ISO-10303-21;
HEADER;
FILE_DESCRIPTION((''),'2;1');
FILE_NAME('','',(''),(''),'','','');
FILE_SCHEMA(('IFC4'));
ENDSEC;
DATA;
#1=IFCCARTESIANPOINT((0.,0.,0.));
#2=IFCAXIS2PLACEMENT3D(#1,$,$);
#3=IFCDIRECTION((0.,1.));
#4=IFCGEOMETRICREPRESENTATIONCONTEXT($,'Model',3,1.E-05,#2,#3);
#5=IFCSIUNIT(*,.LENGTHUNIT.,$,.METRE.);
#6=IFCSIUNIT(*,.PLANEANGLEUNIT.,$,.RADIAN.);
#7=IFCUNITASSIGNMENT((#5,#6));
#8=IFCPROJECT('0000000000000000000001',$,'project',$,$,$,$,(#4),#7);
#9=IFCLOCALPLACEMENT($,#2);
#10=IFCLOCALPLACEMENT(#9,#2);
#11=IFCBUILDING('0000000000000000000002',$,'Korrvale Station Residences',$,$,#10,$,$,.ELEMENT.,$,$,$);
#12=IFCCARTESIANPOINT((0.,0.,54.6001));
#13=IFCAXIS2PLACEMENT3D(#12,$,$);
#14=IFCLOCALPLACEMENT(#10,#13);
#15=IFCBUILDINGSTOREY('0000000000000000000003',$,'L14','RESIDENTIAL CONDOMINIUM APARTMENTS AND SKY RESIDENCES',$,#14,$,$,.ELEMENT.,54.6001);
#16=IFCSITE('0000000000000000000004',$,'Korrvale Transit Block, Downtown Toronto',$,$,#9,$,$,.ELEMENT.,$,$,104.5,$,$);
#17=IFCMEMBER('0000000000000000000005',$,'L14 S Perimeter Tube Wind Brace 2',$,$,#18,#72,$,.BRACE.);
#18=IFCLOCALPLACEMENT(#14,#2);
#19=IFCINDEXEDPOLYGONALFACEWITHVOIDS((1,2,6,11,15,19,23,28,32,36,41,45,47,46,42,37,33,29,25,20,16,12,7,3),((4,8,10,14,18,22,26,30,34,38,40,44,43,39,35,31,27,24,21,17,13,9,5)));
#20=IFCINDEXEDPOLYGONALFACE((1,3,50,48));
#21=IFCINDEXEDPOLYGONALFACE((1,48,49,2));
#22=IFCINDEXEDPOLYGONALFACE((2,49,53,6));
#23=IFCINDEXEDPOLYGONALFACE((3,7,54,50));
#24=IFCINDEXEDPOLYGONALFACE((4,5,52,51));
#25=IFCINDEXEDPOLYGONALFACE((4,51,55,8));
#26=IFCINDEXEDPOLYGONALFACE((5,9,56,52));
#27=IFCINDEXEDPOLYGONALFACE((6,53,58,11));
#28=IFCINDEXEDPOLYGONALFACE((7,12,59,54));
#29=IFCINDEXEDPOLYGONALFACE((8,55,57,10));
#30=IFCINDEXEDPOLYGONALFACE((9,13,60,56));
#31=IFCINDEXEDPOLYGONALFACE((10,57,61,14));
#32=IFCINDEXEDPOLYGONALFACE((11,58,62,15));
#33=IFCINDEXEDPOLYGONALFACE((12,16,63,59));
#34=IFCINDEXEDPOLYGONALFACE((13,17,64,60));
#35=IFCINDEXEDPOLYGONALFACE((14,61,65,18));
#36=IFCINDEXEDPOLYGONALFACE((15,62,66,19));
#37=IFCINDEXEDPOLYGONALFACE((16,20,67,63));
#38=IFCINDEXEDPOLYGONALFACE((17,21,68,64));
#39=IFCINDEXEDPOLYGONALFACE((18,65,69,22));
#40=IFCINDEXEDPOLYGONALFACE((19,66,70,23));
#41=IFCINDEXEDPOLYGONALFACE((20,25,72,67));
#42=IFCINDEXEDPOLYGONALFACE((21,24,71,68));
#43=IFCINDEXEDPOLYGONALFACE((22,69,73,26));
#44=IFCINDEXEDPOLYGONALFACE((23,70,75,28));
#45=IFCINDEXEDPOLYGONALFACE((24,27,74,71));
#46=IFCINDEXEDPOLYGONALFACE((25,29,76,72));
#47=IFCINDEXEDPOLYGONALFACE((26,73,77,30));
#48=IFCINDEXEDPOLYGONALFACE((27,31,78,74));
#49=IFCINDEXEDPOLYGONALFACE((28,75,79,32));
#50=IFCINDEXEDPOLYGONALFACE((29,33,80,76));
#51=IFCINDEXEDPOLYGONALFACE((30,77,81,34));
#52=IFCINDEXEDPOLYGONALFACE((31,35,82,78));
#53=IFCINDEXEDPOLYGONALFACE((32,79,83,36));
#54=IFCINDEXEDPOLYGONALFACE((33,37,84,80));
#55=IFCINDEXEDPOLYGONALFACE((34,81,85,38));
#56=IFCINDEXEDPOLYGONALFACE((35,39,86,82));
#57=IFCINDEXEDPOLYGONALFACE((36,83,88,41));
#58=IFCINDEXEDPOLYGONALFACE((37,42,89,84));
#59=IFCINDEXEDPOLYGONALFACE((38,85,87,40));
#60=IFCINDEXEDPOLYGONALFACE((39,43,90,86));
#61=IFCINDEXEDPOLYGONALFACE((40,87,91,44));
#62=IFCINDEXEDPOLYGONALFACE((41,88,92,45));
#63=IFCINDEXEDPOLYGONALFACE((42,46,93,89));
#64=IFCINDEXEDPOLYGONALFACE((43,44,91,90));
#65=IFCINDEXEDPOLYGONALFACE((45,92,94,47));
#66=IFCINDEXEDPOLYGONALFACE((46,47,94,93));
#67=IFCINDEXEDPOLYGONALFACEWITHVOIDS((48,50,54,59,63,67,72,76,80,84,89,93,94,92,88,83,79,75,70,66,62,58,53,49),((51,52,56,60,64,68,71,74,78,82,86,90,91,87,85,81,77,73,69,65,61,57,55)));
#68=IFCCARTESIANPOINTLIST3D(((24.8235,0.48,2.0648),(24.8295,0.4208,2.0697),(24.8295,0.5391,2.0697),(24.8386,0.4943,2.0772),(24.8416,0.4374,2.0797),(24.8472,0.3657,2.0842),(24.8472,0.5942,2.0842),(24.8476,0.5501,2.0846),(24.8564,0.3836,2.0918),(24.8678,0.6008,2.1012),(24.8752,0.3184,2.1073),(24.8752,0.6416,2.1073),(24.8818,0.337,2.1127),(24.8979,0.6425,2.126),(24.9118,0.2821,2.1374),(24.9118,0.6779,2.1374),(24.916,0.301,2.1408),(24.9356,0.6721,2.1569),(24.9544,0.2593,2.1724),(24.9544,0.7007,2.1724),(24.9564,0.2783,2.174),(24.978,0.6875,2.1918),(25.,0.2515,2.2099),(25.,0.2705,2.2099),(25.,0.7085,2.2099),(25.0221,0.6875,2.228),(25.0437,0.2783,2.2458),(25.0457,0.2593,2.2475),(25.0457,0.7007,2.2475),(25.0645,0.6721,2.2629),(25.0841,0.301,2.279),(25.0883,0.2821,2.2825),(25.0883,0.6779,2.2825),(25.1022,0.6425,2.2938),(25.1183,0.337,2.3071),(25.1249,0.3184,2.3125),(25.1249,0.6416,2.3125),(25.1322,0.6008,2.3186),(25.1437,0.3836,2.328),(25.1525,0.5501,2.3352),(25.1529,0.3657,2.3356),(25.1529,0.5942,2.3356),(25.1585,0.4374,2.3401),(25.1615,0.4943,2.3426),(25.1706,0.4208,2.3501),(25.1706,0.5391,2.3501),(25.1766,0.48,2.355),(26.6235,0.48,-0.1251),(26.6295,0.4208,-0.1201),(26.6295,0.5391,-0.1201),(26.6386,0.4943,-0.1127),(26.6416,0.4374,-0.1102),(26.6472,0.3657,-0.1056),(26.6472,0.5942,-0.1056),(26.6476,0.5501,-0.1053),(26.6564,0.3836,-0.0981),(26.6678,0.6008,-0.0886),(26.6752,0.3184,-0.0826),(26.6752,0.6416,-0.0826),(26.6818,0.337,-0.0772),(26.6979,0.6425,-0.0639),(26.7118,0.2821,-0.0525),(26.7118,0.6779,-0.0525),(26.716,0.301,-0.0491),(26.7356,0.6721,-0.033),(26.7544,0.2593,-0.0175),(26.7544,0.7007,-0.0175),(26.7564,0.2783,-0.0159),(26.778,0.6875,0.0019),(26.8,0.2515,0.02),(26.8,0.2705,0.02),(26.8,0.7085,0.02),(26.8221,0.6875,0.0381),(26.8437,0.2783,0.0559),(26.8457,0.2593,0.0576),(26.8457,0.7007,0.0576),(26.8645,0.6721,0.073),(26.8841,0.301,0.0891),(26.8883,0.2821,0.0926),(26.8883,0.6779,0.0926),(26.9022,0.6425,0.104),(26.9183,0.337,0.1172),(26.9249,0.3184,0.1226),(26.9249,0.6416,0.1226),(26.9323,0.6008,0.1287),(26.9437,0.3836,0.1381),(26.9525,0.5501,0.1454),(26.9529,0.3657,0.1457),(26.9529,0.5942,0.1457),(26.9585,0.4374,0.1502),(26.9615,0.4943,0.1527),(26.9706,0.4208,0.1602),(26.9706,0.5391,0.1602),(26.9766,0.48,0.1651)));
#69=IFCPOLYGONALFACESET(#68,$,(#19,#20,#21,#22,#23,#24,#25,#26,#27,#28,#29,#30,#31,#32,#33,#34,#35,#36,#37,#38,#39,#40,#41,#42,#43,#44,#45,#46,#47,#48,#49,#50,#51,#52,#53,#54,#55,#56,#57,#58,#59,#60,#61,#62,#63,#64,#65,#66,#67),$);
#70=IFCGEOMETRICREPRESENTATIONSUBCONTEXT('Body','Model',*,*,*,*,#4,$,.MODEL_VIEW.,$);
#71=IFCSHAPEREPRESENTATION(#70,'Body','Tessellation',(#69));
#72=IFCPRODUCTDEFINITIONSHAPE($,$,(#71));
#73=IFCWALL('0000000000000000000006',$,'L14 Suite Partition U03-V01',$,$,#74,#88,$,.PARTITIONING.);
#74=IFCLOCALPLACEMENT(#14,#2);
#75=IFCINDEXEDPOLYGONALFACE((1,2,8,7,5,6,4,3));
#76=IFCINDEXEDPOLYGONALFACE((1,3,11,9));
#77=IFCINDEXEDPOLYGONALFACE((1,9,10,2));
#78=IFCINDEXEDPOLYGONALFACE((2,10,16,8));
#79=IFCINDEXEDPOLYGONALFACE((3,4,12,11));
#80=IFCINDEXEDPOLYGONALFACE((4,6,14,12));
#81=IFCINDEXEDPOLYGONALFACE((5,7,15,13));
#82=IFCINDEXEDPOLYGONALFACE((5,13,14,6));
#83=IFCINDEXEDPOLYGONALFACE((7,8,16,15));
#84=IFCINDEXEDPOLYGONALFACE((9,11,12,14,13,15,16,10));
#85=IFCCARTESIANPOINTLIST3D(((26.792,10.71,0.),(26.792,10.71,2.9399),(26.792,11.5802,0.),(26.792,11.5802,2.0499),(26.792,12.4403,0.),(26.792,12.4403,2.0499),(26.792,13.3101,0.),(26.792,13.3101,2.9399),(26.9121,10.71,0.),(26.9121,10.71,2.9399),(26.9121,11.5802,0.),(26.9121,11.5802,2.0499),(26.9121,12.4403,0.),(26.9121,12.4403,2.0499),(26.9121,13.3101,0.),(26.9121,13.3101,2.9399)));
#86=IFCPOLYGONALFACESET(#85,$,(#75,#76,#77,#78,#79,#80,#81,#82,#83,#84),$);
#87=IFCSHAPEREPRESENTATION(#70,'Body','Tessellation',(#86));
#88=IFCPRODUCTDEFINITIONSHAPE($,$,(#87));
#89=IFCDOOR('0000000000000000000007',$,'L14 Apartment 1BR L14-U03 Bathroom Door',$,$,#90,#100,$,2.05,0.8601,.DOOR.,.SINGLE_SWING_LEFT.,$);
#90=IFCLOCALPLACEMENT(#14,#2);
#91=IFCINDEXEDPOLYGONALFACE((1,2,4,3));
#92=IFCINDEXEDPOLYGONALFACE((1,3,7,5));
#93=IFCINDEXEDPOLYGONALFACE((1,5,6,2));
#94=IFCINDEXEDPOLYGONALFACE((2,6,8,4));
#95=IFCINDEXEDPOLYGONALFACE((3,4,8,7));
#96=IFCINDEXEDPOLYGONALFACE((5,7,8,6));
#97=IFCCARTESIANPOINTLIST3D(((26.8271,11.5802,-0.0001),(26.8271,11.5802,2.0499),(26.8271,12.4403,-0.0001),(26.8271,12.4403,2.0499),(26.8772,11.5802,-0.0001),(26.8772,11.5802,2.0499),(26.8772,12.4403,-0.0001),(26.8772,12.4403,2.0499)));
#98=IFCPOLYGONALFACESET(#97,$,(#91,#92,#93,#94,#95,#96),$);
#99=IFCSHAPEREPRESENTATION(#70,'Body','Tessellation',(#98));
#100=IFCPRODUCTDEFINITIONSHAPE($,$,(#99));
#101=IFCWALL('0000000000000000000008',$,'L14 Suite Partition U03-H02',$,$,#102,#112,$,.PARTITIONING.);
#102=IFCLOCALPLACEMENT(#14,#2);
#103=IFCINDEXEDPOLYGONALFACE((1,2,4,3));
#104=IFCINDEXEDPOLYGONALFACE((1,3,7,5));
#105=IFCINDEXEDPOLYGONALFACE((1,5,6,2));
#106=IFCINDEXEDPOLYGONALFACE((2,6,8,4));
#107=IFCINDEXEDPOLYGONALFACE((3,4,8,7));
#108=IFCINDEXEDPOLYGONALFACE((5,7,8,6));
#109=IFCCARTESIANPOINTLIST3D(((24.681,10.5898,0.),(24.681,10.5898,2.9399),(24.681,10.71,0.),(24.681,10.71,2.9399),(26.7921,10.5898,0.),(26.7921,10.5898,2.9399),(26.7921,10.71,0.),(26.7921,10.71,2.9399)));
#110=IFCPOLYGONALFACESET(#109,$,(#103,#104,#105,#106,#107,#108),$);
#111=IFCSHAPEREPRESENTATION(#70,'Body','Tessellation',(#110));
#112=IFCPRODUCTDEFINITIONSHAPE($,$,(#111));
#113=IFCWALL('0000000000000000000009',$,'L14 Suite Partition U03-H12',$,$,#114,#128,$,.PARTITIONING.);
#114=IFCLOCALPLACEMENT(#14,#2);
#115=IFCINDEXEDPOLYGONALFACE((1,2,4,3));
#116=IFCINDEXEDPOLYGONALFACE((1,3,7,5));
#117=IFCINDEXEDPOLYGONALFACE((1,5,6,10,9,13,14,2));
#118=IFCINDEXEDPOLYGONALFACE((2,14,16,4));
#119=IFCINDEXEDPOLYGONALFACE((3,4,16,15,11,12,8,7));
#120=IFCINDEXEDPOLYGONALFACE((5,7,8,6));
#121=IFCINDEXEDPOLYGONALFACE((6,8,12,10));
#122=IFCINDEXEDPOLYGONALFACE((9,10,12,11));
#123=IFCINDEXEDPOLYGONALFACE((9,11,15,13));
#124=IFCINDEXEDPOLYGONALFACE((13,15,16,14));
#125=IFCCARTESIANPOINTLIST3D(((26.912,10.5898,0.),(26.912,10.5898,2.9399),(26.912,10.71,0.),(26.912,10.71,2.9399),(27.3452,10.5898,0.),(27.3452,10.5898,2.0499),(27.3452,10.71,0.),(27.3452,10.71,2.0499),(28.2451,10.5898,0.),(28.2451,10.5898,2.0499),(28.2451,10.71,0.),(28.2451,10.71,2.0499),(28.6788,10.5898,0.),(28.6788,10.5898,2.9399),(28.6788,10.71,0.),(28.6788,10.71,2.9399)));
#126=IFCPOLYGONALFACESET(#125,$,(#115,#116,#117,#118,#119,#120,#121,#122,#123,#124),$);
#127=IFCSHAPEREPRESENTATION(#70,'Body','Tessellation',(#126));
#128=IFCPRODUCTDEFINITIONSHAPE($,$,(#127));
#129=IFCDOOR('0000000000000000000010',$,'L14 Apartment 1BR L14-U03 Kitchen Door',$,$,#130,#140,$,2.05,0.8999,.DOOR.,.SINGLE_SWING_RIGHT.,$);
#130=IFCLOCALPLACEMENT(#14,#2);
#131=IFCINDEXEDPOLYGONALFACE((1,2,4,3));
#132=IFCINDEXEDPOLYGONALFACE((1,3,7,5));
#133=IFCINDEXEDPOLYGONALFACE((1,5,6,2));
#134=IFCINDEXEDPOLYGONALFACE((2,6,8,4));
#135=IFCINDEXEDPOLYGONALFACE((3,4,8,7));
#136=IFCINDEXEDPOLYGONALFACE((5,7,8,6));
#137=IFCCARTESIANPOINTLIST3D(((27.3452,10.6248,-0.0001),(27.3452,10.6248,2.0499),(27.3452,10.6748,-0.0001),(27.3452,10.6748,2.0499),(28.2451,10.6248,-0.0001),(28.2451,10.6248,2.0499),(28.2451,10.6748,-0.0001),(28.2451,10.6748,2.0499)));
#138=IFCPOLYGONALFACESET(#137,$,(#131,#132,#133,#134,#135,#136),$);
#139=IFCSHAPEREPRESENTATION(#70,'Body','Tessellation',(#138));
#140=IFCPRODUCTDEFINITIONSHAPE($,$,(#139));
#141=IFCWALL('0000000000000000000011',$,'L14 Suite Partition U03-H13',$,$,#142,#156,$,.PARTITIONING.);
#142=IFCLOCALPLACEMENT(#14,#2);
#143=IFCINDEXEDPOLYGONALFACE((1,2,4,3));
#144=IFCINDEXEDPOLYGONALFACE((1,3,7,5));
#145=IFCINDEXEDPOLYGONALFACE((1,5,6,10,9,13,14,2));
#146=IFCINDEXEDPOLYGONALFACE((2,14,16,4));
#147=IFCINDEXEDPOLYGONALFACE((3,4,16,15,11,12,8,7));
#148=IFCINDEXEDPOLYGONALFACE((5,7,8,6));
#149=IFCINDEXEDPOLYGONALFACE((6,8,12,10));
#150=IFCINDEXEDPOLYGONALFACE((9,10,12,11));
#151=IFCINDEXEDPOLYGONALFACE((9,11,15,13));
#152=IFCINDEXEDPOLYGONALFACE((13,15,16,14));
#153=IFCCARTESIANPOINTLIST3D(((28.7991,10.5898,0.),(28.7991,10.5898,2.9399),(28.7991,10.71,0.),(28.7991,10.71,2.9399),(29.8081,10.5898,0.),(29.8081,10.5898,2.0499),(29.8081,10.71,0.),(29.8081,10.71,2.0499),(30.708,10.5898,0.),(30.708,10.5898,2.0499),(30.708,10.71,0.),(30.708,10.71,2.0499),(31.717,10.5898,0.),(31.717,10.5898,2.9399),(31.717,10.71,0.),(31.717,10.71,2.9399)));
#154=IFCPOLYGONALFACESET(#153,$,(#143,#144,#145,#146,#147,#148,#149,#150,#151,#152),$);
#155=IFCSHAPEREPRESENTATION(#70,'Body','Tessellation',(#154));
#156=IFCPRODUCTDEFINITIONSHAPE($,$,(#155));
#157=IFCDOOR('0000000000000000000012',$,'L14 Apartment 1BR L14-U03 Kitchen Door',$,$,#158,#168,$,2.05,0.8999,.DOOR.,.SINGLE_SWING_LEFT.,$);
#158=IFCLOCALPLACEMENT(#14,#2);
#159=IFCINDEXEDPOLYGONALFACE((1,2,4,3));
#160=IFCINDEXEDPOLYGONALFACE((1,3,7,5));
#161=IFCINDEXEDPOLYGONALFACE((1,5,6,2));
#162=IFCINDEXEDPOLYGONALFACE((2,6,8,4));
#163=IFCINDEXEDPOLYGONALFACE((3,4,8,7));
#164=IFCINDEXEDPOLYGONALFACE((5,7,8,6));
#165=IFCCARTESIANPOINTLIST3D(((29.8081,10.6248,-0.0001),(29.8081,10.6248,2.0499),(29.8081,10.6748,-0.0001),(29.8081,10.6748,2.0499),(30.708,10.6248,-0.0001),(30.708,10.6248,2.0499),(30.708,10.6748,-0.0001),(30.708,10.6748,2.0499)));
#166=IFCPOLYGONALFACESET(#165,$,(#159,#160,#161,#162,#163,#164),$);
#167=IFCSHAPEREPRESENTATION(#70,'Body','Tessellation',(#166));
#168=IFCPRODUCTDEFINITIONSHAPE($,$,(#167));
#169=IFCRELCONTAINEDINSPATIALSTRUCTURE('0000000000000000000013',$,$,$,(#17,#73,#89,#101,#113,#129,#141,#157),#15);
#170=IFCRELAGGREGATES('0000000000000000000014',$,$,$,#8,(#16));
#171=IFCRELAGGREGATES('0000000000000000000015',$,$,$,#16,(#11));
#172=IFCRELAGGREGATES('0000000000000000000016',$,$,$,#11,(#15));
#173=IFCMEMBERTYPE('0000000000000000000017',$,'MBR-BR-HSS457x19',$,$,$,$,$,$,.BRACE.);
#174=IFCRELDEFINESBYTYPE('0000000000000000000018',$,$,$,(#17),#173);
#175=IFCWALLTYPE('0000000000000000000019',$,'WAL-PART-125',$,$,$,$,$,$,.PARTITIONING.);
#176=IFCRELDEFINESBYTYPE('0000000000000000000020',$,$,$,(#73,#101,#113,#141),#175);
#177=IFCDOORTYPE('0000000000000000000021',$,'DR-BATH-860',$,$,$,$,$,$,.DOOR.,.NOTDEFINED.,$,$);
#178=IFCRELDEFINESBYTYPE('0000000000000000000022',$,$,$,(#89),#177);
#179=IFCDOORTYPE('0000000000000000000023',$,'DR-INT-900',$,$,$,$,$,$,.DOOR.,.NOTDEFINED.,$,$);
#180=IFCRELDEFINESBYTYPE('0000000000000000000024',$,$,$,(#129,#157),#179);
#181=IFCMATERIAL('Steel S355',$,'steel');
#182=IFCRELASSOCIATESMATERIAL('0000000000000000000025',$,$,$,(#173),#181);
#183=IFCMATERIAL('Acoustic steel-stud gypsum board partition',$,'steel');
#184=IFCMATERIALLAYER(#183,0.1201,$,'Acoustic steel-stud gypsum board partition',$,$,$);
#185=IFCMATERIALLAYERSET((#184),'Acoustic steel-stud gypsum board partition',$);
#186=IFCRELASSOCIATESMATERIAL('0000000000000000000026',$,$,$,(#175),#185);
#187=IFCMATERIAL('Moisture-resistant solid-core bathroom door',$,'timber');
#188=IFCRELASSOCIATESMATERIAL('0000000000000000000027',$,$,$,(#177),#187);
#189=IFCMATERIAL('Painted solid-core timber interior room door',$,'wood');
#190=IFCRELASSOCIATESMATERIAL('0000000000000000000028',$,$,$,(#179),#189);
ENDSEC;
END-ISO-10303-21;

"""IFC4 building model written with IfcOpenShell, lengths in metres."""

from ifc_helpers import new_model, si_unit, direction, frame, frame_2d, origin, origin_2d, place, context, subcontext, project, spatial, rectangle, hollow_circle, extrude, material, layer, layer_set, material_profile, profile_set, type_object, element, fill, save


model = new_model("IFC4")

# Units and contexts
model_context = context("Model", 3, precision=1e-05, world=origin(), true_north=direction((0.0, 1.0)))
body_context = subcontext(model_context, "Body", "Model", "MODEL_VIEW")
ifc_project = project(units=[si_unit("LENGTHUNIT", "METRE"), si_unit("PLANEANGLEUNIT", "RADIAN")], contexts=[model_context])

# Site, building, storey
site_placement = place(None, origin())
site = spatial("IfcSite", under=ifc_project, at=site_placement, Name="Korrvale Transit Block, Downtown Toronto", CompositionType="ELEMENT", RefElevation=104.5)
building_placement = place(site_placement, origin())
building = spatial("IfcBuilding", under=site, at=building_placement, Name="Korrvale Station Residences", CompositionType="ELEMENT")
storey_placement = place(building_placement, frame((0.0, 0.0, 54.6001)))
storey = spatial("IfcBuildingStorey", under=building, at=storey_placement, Name="L14", Description="RESIDENTIAL CONDOMINIUM APARTMENTS AND SKY RESIDENCES", CompositionType="ELEMENT", Elevation=54.6001)

# Shared definitions
ifc_material_1 = material(Name="Steel S355", Category="steel")

# Member
ifc_material_profile_1 = material_profile(ifc_material_1, hollow_circle(Radius=0.2285, WallThickness=0.019, at=origin_2d()), Name="HSS457x19")
ifc_profile_set_1 = profile_set([ifc_material_profile_1], Name="Steel S355")
member_type = type_object("IfcMemberType", Name="MBR-BR-HSS457x19", PredefinedType="BRACE", material=ifc_profile_set_1)
for number, where, z_axis, x_axis, name in (
    (1, (26.8, 0.48, 0.02), (-0.634985, 0.0, 0.772524), (0.0, -1.0, 0.0), "L14 S Perimeter Tube Wind Brace 2"),
):
    element("IfcMember", number, at=place(storey_placement, frame(where, z_axis=z_axis, x_axis=x_axis)), inside=storey, type_object=member_type, Name=name, PredefinedType="BRACE", context=body_context, shape_type="SweptSolid", body=[
        extrude(hollow_circle(Radius=0.2285, WallThickness=0.019, at=origin_2d()), origin(), (0.0, 0.0, 1.0), 2.8347),
    ])

# Wall, opening, door
ifc_material_2 = material(Name="Acoustic steel-stud gypsum board partition", Category="steel")
ifc_layer_1 = layer(ifc_material_2, 0.1201, Name="Acoustic steel-stud gypsum board partition")
ifc_layer_set_1 = layer_set([ifc_layer_1], Name="Acoustic steel-stud gypsum board partition")
wall_type_1 = type_object("IfcWallType", Name="WAL-PART-125", PredefinedType="PARTITIONING", material=ifc_layer_set_1)
wall_1_placement = place(storey_placement, frame((26.8521, 10.71, 0.0), z_axis=(0.0, 0.0, 1.0), x_axis=(0.0, 1.0, 0.0)))
wall_1 = element("IfcWall", 2, at=wall_1_placement, inside=storey, type_object=wall_type_1, Name="L14 Suite Partition U03-V01", PredefinedType="PARTITIONING", context=body_context, shape_type="SweptSolid", body=[
    extrude(rectangle(XDim=2.6001, YDim=0.1201, at=frame_2d((1.3, 0.0))), origin(), (0.0, 0.0, 1.0), 2.9399),
])
opening_1_placement = place(wall_1_placement, frame((0.8701, 0.0, 0.0)))
opening_1 = element("IfcOpeningElement", 3, at=opening_1_placement, cuts=wall_1, PredefinedType="OPENING", context=body_context, shape_type="SweptSolid", body=[
    extrude(rectangle(XDim=0.8601, YDim=2.05, at=frame_2d((0.4302, 1.0249))), frame((0.0, 0.0701, 0.0), z_axis=(0.0, -1.0, 0.0), x_axis=(1.0, 0.0, 0.0)), (0.0, 0.0, 1.0), 0.1401),
])
ifc_material_3 = material(Name="Moisture-resistant solid-core bathroom door", Category="timber")
door_type_1 = type_object("IfcDoorType", Name="DR-BATH-860", OperationType="NOTDEFINED", PredefinedType="DOOR", material=ifc_material_3)
door_1_placement = place(opening_1_placement, origin())
door_1 = element("IfcDoor", 4, at=door_1_placement, inside=storey, type_object=door_type_1, Name="L14 Apartment 1BR L14-U03 Bathroom Door", OperationType="SINGLE_SWING_LEFT", OverallHeight=2.05, OverallWidth=0.8601, PredefinedType="DOOR", context=body_context, shape_type="SweptSolid", body=[
    extrude(rectangle(XDim=0.8601, YDim=2.05, at=frame_2d((0.4302, 1.0249))), frame((0.0, 0.0249, 0.0), z_axis=(0.0, -1.0, 0.0), x_axis=(1.0, 0.0, 0.0)), (0.0, 0.0, 1.0), 0.05),
])
fill(opening_1, door_1)

# Wall
wall_2_placement = place(storey_placement, frame((24.6809, 10.6499, 0.0), z_axis=(0.0, 0.0, 1.0), x_axis=(1.0, 0.0, 0.0)))
element("IfcWall", 5, at=wall_2_placement, inside=storey, type_object=wall_type_1, Name="L14 Suite Partition U03-H02", PredefinedType="PARTITIONING", context=body_context, shape_type="SweptSolid", body=[
    extrude(rectangle(XDim=2.1111, YDim=0.1201, at=frame_2d((1.0557, 0.0))), origin(), (0.0, 0.0, 1.0), 2.9399),
])

# Walls, openings, doors
wall_3_placement = place(storey_placement, frame((26.9121, 10.6499, 0.0), z_axis=(0.0, 0.0, 1.0), x_axis=(1.0, 0.0, 0.0)))
wall_3 = element("IfcWall", 6, at=wall_3_placement, inside=storey, type_object=wall_type_1, Name="L14 Suite Partition U03-H12", PredefinedType="PARTITIONING", context=body_context, shape_type="SweptSolid", body=[
    extrude(rectangle(XDim=1.7668, YDim=0.1201, at=frame_2d((0.8833, 0.0))), origin(), (0.0, 0.0, 1.0), 2.9399),
])
opening_2_placement = place(wall_3_placement, frame((0.4331, 0.0, 0.0)))
opening_2 = element("IfcOpeningElement", 7, at=opening_2_placement, cuts=wall_3, PredefinedType="OPENING", context=body_context, shape_type="SweptSolid", body=[
    extrude(rectangle(XDim=0.8999, YDim=2.05, at=frame_2d((0.45, 1.0249))), frame((0.0, 0.0701, 0.0), z_axis=(0.0, -1.0, 0.0), x_axis=(1.0, 0.0, 0.0)), (0.0, 0.0, 1.0), 0.1401),
])
ifc_material_4 = material(Name="Painted solid-core timber interior room door", Category="wood")
door_type_2 = type_object("IfcDoorType", Name="DR-INT-900", OperationType="NOTDEFINED", PredefinedType="DOOR", material=ifc_material_4)
door_2_placement = place(opening_2_placement, origin())
door_2 = element("IfcDoor", 8, at=door_2_placement, inside=storey, type_object=door_type_2, Name="L14 Apartment 1BR L14-U03 Kitchen Door", OperationType="SINGLE_SWING_RIGHT", OverallHeight=2.05, OverallWidth=0.8999, PredefinedType="DOOR", context=body_context, shape_type="SweptSolid", body=[
    extrude(rectangle(XDim=0.8999, YDim=2.05, at=frame_2d((0.45, 1.0249))), frame((0.0, 0.0249, 0.0), z_axis=(0.0, -1.0, 0.0), x_axis=(1.0, 0.0, 0.0)), (0.0, 0.0, 1.0), 0.05),
])
fill(opening_2, door_2)
wall_4_placement = place(storey_placement, frame((28.7991, 10.6499, 0.0), z_axis=(0.0, 0.0, 1.0), x_axis=(1.0, 0.0, 0.0)))
wall_4 = element("IfcWall", 9, at=wall_4_placement, inside=storey, type_object=wall_type_1, Name="L14 Suite Partition U03-H13", PredefinedType="PARTITIONING", context=body_context, shape_type="SweptSolid", body=[
    extrude(rectangle(XDim=2.918, YDim=0.1201, at=frame_2d((1.459, 0.0))), origin(), (0.0, 0.0, 1.0), 2.9399),
])
opening_3_placement = place(wall_4_placement, frame((1.009, 0.0, 0.0)))
opening_3 = element("IfcOpeningElement", 10, at=opening_3_placement, cuts=wall_4, PredefinedType="OPENING", context=body_context, shape_type="SweptSolid", body=[
    extrude(rectangle(XDim=0.8999, YDim=2.05, at=frame_2d((0.45, 1.0249))), frame((0.0, 0.0701, 0.0), z_axis=(0.0, -1.0, 0.0), x_axis=(1.0, 0.0, 0.0)), (0.0, 0.0, 1.0), 0.1401),
])
door_3_placement = place(opening_3_placement, origin())
door_3 = element("IfcDoor", 11, at=door_3_placement, inside=storey, type_object=door_type_2, Name="L14 Apartment 1BR L14-U03 Kitchen Door", OperationType="SINGLE_SWING_LEFT", OverallHeight=2.05, OverallWidth=0.8999, PredefinedType="DOOR", context=body_context, shape_type="SweptSolid", body=[
    extrude(rectangle(XDim=0.8999, YDim=2.05, at=frame_2d((0.45, 1.0249))), frame((0.0, 0.0249, 0.0), z_axis=(0.0, -1.0, 0.0), x_axis=(1.0, 0.0, 0.0)), (0.0, 0.0, 1.0), 0.05),
])
fill(opening_3, door_3)

save(model, "model.ifc")
